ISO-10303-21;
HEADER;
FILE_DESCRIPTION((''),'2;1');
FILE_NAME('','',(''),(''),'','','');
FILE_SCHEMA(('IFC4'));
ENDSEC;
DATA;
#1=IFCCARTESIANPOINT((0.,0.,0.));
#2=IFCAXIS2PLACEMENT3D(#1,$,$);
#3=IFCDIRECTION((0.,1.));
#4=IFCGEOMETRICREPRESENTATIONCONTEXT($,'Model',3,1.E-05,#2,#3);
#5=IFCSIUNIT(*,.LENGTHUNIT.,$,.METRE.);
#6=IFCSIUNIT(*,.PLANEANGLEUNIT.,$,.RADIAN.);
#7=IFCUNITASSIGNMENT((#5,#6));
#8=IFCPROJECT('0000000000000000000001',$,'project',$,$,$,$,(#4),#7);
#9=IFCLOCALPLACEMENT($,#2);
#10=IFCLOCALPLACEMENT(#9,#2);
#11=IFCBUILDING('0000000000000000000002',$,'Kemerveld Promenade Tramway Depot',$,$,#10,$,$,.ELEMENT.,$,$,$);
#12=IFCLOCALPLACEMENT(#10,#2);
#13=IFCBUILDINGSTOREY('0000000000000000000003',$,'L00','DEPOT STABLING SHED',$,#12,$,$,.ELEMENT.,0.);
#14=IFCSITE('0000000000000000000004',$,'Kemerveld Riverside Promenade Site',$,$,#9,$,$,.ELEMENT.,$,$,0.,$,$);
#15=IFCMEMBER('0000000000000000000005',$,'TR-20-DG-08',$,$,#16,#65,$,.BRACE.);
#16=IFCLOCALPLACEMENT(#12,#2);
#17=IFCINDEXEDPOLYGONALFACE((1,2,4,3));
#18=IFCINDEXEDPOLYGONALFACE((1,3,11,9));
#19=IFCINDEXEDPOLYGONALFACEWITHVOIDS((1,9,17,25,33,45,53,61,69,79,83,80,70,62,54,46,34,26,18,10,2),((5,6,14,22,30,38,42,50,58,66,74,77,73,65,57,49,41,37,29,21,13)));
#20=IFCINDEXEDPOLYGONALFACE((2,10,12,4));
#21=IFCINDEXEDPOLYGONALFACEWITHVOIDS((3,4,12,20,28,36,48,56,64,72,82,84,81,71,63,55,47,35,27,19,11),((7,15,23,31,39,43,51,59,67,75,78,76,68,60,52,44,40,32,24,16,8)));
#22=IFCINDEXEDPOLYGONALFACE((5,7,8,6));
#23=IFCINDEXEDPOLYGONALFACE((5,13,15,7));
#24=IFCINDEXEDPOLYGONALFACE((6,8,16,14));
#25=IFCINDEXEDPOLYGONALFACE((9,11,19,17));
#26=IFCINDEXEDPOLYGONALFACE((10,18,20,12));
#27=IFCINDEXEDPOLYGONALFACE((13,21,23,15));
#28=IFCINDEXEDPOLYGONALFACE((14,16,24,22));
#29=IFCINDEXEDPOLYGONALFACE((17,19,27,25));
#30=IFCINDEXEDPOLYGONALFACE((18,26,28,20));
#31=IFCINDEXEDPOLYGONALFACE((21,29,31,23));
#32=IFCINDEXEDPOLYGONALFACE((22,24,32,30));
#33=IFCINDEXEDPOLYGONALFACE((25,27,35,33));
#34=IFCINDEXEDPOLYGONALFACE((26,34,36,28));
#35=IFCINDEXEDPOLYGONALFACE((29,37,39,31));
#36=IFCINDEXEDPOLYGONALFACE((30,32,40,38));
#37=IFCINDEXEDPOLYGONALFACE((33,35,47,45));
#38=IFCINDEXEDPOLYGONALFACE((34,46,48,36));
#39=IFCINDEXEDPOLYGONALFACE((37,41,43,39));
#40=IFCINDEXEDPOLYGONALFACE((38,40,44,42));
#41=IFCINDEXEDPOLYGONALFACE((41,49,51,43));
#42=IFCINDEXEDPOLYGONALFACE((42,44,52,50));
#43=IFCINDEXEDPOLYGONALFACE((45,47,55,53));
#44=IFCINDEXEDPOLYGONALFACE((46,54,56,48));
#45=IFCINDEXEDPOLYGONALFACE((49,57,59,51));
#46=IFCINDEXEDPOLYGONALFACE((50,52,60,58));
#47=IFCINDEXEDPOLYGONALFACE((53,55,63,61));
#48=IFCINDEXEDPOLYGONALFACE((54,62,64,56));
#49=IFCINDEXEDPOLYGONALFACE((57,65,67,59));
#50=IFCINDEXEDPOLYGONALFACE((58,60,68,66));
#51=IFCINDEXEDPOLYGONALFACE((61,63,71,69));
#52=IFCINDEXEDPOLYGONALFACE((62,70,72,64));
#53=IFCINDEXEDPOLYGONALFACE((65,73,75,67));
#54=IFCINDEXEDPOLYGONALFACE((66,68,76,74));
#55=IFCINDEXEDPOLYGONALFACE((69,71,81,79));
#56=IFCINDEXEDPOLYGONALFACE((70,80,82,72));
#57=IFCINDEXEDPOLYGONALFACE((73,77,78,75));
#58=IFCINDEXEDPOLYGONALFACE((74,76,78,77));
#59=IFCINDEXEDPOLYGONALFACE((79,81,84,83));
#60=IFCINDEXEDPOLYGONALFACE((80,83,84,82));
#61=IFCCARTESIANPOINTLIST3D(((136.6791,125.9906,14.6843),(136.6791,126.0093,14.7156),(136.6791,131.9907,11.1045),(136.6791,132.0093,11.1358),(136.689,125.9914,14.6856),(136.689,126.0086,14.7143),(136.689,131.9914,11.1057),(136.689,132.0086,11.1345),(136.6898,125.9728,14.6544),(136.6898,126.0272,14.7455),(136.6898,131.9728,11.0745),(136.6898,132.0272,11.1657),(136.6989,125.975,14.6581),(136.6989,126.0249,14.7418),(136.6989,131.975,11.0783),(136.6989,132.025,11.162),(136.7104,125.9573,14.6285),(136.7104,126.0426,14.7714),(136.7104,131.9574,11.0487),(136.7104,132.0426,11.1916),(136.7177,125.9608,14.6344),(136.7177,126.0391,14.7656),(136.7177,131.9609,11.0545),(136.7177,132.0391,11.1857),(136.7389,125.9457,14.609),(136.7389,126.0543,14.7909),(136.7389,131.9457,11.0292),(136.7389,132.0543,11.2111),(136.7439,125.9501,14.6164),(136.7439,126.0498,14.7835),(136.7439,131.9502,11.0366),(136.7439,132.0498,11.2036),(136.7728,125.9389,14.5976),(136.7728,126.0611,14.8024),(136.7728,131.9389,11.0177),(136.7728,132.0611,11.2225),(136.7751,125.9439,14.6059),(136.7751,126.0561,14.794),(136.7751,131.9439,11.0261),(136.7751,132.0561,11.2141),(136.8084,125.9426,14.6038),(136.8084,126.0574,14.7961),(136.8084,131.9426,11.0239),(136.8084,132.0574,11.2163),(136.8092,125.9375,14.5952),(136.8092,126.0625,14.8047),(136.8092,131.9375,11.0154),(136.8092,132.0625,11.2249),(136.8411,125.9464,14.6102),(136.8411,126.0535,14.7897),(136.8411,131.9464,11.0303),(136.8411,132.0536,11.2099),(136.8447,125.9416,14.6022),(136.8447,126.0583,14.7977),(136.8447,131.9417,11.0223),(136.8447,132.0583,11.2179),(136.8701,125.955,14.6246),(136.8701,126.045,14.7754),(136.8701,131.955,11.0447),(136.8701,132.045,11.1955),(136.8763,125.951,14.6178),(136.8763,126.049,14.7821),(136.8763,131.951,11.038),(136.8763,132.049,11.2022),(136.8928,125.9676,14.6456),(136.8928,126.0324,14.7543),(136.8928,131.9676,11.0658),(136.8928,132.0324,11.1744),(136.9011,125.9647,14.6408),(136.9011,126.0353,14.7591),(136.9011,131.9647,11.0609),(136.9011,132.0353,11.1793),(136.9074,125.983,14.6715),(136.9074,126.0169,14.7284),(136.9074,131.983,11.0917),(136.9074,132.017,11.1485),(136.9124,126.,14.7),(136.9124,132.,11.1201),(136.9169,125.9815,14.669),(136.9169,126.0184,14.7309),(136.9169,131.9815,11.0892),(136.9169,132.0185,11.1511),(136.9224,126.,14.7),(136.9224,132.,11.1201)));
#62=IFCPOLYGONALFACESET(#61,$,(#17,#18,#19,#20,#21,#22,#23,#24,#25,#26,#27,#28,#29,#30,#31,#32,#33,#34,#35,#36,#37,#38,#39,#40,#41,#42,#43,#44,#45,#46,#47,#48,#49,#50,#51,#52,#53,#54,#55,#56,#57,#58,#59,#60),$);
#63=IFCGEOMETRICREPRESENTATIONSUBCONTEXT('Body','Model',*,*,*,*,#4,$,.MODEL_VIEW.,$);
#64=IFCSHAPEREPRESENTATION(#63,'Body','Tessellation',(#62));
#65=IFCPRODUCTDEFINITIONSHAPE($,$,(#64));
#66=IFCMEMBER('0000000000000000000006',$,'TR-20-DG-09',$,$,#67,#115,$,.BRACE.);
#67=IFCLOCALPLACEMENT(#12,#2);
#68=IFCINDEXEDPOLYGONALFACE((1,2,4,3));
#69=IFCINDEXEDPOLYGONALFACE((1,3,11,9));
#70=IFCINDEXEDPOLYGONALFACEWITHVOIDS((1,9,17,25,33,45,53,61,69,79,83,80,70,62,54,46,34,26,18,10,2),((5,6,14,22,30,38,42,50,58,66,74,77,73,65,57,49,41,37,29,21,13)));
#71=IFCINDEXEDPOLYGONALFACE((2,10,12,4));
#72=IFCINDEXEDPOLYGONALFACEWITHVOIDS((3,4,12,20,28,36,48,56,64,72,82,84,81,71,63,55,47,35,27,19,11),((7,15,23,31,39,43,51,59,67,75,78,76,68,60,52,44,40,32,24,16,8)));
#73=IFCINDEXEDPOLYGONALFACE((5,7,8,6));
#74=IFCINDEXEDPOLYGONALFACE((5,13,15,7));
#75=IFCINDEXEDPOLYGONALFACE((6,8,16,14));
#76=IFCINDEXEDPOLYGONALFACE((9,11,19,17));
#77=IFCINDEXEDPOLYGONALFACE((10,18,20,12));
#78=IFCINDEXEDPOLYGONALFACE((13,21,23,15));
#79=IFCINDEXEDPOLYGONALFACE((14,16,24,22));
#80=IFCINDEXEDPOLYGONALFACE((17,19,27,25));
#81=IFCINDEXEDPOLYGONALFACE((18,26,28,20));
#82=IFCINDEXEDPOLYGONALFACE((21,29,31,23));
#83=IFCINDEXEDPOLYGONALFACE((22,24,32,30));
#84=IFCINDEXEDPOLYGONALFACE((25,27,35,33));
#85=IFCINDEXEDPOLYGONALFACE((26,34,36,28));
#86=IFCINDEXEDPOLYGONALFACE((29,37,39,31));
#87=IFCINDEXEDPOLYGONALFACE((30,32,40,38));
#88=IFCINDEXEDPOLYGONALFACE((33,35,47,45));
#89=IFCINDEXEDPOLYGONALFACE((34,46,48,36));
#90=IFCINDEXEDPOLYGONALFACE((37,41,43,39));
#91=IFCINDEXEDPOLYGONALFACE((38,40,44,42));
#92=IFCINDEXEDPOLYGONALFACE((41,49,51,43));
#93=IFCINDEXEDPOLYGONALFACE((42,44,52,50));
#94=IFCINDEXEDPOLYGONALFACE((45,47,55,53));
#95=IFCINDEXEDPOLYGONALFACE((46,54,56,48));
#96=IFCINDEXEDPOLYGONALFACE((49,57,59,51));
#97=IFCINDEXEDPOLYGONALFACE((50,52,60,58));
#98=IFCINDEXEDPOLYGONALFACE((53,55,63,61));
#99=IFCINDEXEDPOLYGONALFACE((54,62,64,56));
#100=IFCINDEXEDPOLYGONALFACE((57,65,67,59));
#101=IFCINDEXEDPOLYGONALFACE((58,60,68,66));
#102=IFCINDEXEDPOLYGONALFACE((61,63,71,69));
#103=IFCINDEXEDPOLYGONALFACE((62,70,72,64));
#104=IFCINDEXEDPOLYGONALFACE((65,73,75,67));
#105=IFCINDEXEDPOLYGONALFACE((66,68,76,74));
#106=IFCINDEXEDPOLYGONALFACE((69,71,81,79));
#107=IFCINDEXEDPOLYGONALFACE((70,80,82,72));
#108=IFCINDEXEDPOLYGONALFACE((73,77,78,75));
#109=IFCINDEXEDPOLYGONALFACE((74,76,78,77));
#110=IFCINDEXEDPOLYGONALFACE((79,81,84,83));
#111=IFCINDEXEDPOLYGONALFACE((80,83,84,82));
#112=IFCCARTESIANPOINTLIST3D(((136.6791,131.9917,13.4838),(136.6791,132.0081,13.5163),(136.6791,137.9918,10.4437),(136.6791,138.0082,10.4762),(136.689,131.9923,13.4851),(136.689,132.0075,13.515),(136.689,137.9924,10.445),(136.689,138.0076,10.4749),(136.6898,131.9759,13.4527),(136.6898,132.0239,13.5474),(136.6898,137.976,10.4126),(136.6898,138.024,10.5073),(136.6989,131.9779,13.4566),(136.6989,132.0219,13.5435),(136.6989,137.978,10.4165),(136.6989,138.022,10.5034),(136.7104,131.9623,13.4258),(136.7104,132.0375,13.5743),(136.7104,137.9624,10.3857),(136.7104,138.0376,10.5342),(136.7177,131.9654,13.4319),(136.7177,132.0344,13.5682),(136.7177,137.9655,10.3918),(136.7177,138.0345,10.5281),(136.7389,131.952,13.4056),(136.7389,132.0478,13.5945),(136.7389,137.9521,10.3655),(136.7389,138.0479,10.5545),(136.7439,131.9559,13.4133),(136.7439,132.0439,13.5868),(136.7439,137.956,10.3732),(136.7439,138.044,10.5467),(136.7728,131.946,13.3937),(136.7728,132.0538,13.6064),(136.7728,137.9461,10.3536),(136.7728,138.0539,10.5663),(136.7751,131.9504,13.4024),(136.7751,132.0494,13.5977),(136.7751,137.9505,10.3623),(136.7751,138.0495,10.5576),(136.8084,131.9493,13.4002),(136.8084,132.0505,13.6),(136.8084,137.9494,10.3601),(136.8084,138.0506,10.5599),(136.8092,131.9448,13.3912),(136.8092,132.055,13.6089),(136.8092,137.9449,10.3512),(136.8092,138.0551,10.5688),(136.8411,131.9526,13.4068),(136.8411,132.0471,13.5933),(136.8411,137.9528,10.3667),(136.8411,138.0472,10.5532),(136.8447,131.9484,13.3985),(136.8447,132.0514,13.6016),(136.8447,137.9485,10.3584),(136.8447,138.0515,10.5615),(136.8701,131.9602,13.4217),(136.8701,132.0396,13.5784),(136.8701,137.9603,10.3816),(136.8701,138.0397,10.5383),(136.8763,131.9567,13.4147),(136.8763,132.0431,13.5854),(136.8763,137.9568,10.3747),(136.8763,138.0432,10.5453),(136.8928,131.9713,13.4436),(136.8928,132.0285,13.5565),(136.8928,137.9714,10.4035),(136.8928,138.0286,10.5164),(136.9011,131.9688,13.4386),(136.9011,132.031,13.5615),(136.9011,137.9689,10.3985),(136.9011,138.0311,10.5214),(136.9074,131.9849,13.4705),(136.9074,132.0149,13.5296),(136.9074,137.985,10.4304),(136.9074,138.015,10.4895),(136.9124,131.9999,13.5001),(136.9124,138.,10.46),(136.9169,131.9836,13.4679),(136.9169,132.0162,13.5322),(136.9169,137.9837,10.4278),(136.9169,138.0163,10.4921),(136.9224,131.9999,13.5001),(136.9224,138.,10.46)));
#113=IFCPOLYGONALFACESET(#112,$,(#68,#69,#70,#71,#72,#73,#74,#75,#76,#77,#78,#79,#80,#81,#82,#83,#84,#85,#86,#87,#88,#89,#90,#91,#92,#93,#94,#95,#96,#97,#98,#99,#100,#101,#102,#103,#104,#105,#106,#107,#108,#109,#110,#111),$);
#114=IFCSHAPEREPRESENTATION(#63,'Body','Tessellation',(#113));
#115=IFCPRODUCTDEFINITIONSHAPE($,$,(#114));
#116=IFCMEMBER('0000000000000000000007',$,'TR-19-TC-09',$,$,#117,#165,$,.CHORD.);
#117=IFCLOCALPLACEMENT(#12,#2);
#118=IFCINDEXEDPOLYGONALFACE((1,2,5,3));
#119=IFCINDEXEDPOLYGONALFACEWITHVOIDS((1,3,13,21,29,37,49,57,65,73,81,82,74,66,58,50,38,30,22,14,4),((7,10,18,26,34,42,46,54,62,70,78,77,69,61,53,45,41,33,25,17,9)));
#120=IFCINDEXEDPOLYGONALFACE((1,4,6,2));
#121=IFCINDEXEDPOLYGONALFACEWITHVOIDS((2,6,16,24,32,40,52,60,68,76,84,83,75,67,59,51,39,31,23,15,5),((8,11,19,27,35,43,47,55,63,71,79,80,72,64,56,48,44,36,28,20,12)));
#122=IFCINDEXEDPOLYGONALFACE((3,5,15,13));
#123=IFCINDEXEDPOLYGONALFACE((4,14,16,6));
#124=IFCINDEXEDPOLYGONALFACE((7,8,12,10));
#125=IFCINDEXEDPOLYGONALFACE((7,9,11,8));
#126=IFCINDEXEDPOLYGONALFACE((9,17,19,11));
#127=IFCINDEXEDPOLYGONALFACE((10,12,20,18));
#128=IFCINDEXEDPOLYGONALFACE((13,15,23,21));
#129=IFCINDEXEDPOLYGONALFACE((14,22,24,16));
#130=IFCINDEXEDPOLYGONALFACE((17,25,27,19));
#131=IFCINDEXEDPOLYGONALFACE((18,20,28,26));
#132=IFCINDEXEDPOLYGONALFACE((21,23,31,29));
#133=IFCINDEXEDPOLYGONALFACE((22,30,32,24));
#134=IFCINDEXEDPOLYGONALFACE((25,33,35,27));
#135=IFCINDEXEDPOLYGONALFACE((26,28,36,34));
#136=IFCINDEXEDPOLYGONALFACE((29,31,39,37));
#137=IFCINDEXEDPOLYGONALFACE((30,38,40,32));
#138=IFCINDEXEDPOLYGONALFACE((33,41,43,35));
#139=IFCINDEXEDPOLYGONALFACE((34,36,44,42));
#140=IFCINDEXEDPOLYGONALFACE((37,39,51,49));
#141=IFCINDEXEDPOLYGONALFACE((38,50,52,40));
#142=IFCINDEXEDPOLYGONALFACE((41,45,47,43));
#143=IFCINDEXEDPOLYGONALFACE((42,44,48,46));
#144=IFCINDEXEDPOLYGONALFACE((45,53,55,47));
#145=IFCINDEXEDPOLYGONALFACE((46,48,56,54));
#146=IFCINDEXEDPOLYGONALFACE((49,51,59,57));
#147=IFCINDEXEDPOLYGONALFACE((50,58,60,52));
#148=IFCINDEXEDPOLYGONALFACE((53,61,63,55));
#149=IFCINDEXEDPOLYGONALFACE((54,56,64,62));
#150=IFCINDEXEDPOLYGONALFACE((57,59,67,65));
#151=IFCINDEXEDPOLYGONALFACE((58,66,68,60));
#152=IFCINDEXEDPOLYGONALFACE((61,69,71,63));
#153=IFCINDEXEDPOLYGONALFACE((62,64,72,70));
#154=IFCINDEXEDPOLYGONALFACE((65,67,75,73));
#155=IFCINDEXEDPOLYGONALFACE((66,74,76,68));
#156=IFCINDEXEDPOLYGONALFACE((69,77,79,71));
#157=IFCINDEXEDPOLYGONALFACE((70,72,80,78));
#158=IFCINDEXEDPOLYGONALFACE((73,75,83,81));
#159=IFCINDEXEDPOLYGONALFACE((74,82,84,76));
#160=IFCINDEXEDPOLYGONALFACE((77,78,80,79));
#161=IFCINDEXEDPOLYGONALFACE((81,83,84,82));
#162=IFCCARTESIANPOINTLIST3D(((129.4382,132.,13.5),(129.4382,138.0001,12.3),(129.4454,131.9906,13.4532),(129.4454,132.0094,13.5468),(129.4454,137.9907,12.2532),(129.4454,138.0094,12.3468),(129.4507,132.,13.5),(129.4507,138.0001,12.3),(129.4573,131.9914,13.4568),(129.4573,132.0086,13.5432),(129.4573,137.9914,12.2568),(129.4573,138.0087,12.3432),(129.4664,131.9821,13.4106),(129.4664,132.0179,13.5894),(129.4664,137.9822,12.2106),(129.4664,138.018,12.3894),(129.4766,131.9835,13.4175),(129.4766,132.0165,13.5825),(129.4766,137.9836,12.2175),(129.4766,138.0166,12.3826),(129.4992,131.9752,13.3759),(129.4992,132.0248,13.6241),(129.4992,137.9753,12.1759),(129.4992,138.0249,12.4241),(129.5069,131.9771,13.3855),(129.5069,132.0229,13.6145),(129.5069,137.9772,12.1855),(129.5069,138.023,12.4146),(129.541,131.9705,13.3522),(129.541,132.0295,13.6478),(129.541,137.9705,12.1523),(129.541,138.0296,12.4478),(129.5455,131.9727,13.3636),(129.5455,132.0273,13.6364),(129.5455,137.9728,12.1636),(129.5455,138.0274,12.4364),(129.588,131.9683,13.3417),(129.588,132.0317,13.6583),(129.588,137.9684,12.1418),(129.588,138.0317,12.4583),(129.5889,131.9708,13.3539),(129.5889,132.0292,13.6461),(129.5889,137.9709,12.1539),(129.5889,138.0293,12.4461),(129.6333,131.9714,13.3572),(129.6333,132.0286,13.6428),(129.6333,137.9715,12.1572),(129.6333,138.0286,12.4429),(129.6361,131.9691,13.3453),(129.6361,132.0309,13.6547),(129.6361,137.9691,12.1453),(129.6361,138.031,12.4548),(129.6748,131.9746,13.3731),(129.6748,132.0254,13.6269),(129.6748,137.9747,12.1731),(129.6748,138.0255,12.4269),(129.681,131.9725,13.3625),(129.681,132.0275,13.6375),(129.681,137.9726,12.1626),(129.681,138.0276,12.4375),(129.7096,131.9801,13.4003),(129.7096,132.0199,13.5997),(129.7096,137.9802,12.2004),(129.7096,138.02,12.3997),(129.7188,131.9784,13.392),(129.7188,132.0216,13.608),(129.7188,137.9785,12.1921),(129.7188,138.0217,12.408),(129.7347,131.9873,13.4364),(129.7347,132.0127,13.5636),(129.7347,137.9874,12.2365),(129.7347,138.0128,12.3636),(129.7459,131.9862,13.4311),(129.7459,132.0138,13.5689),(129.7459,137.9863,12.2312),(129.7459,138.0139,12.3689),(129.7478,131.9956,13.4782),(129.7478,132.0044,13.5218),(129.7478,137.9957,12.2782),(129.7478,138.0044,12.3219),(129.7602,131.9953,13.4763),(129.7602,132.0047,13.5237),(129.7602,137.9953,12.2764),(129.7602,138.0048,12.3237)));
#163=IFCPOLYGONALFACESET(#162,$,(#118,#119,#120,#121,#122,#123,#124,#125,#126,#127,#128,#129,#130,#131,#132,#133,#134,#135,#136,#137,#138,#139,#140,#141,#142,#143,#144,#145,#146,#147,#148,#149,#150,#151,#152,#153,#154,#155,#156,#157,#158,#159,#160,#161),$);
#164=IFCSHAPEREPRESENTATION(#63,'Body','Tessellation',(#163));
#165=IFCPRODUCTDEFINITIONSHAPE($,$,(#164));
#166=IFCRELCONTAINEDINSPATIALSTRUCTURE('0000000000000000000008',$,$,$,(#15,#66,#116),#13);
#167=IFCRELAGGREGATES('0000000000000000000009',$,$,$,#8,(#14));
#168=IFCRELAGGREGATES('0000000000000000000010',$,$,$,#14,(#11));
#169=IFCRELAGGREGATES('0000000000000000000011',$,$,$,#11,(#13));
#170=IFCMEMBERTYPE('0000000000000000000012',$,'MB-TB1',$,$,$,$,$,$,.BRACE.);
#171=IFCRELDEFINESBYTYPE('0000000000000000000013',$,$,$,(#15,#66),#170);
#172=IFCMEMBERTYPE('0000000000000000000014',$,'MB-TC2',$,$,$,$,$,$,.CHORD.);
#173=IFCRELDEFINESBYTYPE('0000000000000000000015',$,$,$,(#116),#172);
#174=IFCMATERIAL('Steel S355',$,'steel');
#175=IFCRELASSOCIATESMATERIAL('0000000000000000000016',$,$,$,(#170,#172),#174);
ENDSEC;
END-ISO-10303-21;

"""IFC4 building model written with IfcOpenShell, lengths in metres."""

from ifc_helpers import new_model, si_unit, direction, frame, origin, origin_2d, place, context, subcontext, project, spatial, hollow_circle, extrude, material, material_profile, profile_set, type_object, element, save


model = new_model("IFC4")

# Units and contexts
model_context = context("Model", 3, precision=1e-05, world=origin(), true_north=direction((0.0, 1.0)))
body_context = subcontext(model_context, "Body", "Model", "MODEL_VIEW")
ifc_project = project(units=[si_unit("LENGTHUNIT", "METRE"), si_unit("PLANEANGLEUNIT", "RADIAN")], contexts=[model_context])

# Site, building, storey
site_placement = place(None, origin())
site = spatial("IfcSite", under=ifc_project, at=site_placement, Name="Kemerveld Riverside Promenade Site", CompositionType="ELEMENT", RefElevation=0.0)
building_placement = place(site_placement, origin())
building = spatial("IfcBuilding", under=site, at=building_placement, Name="Kemerveld Promenade Tramway Depot", CompositionType="ELEMENT")
storey_placement = place(building_placement, origin())
storey = spatial("IfcBuildingStorey", under=building, at=storey_placement, Name="L00", Description="DEPOT STABLING SHED", CompositionType="ELEMENT", Elevation=0.0)

# Members
ifc_material = material(Name="Steel S355", Category="steel")
ifc_material_profile_1 = material_profile(ifc_material, hollow_circle(Radius=0.1223, WallThickness=0.01, at=origin_2d()), Name="244.5x10.0 CHS")
ifc_profile_set_1 = profile_set([ifc_material_profile_1], Name="Steel S355")
member_type_1 = type_object("IfcMemberType", Name="MB-TB1", PredefinedType="BRACE", material=ifc_profile_set_1)
member_1_placement = place(storey_placement, frame((136.8, 132.0, 11.1201), z_axis=(0.0, -0.858764, 0.512372), x_axis=(1.0, 0.0, 0.0)))
element("IfcMember", 1, at=member_1_placement, inside=storey, type_object=member_type_1, Name="TR-20-DG-08", PredefinedType="BRACE", context=body_context, shape_type="SweptSolid", body=[
    extrude(hollow_circle(Radius=0.1223, WallThickness=0.01, at=origin_2d()), origin(), (0.0, 0.0, 1.0), 6.9868),
])
member_2_placement = place(storey_placement, frame((136.8, 138.0, 10.46), z_axis=(0.0, -0.892033, 0.451969), x_axis=(1.0, 0.0, 0.0)))
element("IfcMember", 2, at=member_2_placement, inside=storey, type_object=member_type_1, Name="TR-20-DG-09", PredefinedType="BRACE", context=body_context, shape_type="SweptSolid", body=[
    extrude(hollow_circle(Radius=0.1223, WallThickness=0.01, at=origin_2d()), origin(), (0.0, 0.0, 1.0), 6.7263),
])
ifc_material_profile_2 = material_profile(ifc_material, hollow_circle(Radius=0.1619, WallThickness=0.0125, at=origin_2d()), Name="323.9x12.5 CHS")
ifc_profile_set_2 = profile_set([ifc_material_profile_2], Name="Steel S355")
member_type_2 = type_object("IfcMemberType", Name="MB-TC2", PredefinedType="CHORD", material=ifc_profile_set_2)
for number, where, z_axis, x_axis, name in (
    (3, (129.6001, 132.0, 13.5), (0.0, 0.980582, -0.196108), (-1.0, 0.0, 0.0), "TR-19-TC-09"),
):
    element("IfcMember", number, at=place(storey_placement, frame(where, z_axis=z_axis, x_axis=x_axis)), inside=storey, type_object=member_type_2, Name=name, PredefinedType="CHORD", context=body_context, shape_type="SweptSolid", body=[
        extrude(hollow_circle(Radius=0.1619, WallThickness=0.0125, at=origin_2d()), origin(), (0.0, 0.0, 1.0), 6.1189),
    ])

save(model, "model.ifc")
